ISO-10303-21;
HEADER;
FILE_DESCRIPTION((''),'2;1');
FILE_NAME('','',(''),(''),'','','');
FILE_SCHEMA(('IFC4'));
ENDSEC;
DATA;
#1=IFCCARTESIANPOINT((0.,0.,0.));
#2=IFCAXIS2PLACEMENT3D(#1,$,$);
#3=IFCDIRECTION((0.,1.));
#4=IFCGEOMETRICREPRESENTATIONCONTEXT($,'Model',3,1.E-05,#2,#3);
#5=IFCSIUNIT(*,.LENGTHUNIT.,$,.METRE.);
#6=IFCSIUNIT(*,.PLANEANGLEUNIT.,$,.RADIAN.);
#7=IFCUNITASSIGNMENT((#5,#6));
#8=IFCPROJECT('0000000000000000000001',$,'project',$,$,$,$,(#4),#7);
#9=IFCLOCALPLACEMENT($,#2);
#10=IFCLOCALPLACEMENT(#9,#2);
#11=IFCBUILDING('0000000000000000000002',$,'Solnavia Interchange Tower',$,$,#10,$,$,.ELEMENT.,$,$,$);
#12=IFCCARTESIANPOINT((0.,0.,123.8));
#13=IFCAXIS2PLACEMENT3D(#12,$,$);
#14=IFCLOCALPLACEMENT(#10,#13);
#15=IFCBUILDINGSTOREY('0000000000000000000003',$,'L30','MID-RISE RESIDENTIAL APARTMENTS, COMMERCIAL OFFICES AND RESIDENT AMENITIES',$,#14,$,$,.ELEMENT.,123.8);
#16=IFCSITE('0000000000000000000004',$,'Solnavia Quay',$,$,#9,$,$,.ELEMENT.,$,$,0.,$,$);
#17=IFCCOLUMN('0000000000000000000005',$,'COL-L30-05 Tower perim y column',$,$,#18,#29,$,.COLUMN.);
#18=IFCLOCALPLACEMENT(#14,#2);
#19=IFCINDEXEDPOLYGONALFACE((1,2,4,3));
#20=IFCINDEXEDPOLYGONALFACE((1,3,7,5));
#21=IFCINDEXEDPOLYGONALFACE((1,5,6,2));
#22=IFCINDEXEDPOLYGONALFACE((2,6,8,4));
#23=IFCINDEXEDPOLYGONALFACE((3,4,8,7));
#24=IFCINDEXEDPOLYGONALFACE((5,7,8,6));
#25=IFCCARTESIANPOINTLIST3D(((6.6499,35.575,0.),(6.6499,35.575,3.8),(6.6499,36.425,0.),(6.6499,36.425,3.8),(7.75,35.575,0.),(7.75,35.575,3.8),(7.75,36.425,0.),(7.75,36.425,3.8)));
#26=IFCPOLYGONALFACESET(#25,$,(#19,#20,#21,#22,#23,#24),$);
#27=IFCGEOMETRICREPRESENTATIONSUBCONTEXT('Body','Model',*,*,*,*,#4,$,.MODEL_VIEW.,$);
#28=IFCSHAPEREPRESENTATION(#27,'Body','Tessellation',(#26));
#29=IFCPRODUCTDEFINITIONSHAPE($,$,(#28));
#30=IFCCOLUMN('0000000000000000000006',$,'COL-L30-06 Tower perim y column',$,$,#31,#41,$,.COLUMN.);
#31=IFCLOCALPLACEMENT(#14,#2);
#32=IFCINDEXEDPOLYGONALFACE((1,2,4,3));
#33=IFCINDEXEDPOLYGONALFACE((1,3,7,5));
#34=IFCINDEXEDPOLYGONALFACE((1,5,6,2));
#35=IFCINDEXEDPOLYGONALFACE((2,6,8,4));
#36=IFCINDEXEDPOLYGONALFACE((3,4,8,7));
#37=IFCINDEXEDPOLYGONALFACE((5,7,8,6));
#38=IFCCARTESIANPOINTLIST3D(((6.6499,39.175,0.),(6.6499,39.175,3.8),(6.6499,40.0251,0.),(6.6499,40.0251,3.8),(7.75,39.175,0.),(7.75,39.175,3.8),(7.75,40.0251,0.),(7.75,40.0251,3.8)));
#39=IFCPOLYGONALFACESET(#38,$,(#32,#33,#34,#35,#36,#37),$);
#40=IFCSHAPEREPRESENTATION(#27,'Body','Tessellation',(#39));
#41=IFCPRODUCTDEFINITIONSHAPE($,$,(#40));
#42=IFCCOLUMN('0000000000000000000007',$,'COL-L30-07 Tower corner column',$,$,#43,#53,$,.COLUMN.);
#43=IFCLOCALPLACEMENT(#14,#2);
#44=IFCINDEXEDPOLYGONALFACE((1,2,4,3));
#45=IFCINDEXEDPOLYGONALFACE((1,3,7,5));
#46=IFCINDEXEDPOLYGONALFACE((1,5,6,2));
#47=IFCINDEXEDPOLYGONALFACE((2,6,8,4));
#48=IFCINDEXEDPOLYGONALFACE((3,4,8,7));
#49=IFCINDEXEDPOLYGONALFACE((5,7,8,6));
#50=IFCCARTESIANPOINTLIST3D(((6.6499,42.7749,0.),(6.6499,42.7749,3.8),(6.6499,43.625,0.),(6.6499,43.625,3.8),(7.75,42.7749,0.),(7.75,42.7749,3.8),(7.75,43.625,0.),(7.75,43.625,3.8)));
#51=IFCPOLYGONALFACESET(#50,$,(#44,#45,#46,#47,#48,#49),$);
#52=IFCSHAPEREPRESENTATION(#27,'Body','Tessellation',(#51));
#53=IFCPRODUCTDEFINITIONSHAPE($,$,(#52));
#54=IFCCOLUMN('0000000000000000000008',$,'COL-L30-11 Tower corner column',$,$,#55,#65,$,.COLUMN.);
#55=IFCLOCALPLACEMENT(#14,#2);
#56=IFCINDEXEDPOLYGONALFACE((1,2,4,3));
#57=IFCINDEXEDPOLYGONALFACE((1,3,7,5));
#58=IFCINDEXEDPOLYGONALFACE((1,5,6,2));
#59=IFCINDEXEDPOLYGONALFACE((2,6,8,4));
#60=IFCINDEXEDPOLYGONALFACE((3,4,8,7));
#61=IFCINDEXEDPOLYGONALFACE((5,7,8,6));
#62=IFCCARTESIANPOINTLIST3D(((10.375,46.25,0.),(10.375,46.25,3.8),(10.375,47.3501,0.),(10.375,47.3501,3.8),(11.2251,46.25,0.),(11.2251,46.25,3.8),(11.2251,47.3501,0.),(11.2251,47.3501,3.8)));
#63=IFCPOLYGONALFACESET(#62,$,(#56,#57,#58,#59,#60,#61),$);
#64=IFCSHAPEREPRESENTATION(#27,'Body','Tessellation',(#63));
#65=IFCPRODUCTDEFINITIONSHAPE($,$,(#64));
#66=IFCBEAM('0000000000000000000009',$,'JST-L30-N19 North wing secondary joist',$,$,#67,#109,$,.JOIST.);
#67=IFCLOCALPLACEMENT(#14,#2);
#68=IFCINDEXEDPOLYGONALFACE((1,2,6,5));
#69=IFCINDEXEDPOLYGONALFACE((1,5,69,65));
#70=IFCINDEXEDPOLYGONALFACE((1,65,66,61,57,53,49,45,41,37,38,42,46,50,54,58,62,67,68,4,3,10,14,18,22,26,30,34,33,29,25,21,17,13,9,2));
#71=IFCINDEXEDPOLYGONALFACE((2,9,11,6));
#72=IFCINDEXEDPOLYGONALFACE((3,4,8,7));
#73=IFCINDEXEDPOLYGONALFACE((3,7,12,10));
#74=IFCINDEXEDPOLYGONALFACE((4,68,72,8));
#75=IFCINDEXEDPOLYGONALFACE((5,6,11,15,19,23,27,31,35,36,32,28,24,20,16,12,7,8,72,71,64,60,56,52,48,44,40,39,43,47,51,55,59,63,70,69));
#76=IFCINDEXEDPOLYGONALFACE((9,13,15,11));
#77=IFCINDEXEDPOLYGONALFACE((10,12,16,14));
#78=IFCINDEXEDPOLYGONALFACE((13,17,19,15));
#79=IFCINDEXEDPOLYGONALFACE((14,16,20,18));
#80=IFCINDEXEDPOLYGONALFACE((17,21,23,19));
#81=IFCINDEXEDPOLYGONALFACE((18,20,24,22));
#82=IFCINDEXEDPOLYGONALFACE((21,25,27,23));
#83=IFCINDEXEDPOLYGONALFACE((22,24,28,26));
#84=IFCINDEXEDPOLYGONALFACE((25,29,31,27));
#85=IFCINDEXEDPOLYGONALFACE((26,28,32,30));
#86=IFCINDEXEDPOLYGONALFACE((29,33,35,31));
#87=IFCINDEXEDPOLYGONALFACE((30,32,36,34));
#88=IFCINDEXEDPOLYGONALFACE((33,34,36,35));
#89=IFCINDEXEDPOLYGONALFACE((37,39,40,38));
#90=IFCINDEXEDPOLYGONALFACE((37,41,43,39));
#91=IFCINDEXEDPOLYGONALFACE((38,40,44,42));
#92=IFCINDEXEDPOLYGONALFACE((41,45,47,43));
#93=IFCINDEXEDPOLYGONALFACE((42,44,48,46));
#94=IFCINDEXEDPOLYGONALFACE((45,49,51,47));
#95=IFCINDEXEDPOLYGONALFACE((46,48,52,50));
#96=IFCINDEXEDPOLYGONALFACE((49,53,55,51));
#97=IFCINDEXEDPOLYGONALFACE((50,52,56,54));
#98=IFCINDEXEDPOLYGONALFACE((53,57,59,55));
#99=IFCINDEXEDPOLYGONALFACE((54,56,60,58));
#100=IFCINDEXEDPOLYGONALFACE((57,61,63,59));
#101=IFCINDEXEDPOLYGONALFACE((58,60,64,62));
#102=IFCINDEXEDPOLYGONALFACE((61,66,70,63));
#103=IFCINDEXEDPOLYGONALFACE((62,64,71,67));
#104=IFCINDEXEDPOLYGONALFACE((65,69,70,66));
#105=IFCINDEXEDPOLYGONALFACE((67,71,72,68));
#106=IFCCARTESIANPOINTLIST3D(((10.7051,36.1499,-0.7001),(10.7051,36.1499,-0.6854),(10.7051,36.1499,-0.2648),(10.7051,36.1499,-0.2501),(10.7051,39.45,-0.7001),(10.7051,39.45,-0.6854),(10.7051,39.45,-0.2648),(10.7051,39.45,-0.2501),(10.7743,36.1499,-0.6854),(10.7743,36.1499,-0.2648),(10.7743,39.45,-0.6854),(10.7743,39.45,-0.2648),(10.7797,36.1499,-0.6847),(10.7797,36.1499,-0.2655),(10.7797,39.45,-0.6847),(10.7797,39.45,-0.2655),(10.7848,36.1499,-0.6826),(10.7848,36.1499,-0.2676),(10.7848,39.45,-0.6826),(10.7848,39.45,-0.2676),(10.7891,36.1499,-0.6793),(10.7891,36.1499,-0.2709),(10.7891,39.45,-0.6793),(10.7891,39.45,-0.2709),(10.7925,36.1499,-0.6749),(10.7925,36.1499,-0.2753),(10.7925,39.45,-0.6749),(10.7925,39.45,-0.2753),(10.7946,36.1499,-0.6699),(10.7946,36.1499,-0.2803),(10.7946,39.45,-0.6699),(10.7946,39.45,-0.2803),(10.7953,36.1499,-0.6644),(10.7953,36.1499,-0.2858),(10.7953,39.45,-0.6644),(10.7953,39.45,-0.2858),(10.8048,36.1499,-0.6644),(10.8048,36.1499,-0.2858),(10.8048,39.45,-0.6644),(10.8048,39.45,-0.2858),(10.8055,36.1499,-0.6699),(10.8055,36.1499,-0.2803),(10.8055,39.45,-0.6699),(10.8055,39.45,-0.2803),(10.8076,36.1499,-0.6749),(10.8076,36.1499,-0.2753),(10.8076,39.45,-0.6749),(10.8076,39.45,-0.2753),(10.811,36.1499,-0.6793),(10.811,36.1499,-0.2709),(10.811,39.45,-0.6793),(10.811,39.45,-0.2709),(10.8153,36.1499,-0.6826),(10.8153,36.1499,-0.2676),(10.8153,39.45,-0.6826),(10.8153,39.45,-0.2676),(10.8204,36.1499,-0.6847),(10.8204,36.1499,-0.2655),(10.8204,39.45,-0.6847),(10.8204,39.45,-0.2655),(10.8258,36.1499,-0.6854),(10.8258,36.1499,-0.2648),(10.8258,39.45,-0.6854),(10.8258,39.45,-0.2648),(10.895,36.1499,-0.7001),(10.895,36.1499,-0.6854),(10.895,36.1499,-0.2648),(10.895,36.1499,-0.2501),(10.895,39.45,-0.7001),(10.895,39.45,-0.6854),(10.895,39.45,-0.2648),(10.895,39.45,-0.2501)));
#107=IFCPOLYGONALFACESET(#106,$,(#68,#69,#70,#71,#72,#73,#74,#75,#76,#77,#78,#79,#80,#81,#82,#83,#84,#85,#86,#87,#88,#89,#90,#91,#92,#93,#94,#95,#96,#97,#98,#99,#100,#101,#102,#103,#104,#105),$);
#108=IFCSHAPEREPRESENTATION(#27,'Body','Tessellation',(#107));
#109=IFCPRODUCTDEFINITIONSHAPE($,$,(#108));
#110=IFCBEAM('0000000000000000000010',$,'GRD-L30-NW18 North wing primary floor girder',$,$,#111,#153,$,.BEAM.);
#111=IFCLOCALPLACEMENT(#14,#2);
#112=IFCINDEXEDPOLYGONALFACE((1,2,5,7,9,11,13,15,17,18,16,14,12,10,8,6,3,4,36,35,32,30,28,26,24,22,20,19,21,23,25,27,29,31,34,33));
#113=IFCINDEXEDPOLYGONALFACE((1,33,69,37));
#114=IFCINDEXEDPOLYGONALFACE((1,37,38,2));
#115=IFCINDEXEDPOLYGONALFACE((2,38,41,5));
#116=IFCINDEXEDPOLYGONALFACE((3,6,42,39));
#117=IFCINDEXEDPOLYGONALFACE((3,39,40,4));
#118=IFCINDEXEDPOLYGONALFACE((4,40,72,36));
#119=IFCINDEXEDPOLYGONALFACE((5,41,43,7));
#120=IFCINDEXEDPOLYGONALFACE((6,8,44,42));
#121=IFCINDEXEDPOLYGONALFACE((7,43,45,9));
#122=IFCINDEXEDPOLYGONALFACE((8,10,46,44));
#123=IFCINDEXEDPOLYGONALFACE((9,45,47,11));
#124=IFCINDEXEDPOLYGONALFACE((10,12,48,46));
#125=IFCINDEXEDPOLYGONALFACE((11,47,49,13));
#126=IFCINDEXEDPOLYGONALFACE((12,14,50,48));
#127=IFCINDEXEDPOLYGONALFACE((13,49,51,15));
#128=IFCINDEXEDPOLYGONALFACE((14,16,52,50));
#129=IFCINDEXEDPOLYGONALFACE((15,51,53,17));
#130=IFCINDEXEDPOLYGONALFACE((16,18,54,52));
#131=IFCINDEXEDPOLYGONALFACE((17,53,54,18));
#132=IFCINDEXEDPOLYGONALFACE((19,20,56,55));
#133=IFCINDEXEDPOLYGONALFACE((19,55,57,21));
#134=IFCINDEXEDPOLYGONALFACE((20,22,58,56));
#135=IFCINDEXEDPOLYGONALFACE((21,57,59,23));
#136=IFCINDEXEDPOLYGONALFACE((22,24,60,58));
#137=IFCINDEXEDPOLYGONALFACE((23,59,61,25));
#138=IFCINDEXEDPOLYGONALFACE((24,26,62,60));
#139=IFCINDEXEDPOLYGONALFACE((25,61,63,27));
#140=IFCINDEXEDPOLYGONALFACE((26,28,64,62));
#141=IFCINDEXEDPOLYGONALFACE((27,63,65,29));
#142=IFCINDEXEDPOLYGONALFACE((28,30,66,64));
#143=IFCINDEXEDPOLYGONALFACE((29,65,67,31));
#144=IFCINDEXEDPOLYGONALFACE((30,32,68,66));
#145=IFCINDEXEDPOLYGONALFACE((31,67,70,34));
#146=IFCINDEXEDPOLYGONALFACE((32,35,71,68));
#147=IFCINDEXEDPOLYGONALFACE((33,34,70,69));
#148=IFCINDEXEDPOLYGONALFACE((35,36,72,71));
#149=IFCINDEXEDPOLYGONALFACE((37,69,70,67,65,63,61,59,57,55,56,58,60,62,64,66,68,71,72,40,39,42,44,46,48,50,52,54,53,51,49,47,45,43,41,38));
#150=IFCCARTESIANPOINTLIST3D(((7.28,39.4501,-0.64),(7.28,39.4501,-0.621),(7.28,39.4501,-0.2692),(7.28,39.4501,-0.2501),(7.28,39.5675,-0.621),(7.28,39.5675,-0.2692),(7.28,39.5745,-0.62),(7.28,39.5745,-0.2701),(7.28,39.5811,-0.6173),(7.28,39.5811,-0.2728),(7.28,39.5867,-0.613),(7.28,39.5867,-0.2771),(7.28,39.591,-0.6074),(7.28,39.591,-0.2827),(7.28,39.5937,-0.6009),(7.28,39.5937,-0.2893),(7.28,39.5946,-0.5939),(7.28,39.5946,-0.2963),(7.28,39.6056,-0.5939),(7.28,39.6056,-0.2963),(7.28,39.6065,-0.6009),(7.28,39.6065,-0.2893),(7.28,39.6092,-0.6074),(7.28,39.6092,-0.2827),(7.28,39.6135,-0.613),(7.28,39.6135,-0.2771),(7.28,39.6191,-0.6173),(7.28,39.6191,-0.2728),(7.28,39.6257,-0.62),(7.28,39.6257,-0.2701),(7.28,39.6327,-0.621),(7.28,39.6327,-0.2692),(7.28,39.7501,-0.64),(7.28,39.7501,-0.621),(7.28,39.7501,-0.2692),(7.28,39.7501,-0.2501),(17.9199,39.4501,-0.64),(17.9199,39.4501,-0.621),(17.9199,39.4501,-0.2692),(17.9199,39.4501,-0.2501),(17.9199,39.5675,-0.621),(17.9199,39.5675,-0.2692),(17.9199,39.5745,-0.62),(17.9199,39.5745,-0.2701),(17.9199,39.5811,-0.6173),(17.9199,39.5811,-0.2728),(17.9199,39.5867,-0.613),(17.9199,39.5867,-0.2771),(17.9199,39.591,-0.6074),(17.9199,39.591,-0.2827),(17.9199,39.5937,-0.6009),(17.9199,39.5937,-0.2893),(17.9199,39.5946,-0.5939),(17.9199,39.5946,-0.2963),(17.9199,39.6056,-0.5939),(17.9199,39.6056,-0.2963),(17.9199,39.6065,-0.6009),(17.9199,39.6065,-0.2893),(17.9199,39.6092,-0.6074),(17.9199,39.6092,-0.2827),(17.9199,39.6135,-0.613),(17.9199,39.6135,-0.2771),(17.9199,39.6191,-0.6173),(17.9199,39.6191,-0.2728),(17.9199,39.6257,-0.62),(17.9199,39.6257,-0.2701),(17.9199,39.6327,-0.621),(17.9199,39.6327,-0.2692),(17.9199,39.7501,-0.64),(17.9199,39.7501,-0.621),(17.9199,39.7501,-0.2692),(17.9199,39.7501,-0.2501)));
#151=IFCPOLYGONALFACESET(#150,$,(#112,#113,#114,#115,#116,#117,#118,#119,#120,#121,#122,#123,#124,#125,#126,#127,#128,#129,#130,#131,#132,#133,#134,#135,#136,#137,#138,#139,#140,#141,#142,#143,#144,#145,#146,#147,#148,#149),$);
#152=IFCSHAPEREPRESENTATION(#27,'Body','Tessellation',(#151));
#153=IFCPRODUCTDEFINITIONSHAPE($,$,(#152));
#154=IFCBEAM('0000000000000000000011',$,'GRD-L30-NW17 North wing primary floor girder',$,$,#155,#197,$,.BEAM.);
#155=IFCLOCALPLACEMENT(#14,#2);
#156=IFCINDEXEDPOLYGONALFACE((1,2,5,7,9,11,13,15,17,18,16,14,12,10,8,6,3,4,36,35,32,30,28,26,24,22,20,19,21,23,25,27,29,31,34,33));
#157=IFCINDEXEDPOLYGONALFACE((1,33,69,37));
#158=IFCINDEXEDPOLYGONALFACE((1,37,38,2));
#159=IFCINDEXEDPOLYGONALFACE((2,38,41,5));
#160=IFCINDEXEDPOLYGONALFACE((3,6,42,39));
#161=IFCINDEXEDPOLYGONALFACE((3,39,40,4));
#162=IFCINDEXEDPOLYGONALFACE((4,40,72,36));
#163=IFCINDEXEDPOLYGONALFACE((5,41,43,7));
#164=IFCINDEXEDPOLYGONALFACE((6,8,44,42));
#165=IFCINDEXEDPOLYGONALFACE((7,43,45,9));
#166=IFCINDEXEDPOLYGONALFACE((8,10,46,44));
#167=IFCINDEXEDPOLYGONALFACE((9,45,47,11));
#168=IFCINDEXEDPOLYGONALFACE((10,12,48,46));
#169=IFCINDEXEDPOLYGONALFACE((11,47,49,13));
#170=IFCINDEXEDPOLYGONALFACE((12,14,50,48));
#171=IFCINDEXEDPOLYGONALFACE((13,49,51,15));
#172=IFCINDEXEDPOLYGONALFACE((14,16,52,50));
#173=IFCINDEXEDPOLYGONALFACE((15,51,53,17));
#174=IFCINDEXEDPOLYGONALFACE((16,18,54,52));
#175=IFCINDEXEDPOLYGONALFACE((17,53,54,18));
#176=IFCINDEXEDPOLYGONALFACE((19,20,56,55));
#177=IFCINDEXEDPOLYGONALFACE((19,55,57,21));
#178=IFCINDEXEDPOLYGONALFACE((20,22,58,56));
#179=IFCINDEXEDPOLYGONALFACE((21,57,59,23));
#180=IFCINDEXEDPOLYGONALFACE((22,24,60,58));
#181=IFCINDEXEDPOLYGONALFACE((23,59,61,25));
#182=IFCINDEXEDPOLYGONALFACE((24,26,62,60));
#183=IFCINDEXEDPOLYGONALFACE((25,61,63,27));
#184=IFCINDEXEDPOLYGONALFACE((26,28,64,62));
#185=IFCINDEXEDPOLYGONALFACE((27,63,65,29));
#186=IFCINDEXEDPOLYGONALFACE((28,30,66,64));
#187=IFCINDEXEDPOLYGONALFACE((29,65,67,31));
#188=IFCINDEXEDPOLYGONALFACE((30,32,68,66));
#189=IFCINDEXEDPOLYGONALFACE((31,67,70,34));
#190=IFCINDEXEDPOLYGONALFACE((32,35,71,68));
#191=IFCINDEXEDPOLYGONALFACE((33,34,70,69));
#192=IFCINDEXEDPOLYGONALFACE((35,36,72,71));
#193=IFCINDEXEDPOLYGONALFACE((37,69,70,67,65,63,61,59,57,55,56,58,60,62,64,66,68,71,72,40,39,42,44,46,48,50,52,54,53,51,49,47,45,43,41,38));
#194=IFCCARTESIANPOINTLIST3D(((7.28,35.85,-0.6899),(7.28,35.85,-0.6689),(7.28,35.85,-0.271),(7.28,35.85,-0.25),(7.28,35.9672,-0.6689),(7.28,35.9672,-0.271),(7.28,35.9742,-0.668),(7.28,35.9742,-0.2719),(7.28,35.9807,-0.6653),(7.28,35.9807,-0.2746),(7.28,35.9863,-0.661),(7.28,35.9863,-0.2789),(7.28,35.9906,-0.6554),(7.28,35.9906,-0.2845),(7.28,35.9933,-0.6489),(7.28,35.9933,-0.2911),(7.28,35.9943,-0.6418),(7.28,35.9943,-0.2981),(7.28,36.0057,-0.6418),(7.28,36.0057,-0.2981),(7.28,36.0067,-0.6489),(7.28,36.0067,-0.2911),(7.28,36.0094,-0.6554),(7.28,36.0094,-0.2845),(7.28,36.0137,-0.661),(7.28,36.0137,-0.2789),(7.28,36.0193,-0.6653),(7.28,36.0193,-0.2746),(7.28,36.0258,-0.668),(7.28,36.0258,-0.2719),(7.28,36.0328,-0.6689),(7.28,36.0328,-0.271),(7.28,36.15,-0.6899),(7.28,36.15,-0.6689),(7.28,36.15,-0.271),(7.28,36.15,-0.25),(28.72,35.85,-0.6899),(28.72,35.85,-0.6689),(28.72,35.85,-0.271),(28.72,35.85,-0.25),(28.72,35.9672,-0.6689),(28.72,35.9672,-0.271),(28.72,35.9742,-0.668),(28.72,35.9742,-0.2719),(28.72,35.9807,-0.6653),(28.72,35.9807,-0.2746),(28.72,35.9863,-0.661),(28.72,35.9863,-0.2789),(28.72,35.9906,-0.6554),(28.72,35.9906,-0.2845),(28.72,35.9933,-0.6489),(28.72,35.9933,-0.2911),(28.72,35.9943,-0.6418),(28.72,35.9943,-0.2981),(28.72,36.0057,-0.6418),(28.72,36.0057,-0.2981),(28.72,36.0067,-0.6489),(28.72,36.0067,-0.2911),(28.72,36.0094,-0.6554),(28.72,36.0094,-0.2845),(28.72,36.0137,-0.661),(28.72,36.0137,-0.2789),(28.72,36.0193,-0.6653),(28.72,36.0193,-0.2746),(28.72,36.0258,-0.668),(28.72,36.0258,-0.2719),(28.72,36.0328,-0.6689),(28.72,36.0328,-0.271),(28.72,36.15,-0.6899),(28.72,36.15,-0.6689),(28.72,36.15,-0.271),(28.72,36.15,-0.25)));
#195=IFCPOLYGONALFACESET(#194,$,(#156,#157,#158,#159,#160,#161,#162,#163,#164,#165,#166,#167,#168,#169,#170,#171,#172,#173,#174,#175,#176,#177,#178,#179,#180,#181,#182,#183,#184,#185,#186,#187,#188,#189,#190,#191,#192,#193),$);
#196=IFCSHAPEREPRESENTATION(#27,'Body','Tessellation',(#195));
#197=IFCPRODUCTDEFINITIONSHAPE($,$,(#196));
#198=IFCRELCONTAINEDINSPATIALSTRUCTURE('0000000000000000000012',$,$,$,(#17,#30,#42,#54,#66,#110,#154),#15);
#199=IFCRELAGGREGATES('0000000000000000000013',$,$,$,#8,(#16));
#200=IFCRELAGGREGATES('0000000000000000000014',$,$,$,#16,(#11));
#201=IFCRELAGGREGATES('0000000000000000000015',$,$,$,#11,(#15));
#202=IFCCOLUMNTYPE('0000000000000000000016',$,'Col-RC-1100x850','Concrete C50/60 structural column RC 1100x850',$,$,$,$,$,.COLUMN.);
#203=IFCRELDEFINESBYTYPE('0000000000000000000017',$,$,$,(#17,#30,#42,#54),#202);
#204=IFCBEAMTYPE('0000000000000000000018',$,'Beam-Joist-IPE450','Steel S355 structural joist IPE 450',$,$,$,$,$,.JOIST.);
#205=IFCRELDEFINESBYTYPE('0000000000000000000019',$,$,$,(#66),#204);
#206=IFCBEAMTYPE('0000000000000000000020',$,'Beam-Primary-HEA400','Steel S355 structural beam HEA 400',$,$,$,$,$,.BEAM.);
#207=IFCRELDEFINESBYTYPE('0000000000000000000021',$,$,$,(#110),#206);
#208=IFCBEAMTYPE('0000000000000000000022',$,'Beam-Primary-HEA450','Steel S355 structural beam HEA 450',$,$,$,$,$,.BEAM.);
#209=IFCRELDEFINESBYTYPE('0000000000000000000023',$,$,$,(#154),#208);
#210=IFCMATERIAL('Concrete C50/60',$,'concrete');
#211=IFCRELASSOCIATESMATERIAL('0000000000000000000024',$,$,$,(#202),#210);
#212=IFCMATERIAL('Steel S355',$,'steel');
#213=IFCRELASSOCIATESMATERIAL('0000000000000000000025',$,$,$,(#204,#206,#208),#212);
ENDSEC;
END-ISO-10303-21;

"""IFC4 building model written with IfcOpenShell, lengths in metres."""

from ifc_helpers import new_model, si_unit, direction, frame, origin, origin_2d, place, context, subcontext, project, spatial, rectangle, i_section, extrude, material, material_profile, profile_set, type_object, element, save


model = new_model("IFC4")

# Units and contexts
model_context = context("Model", 3, precision=1e-05, world=origin(), true_north=direction((0.0, 1.0)))
body_context = subcontext(model_context, "Body", "Model", "MODEL_VIEW")
ifc_project = project(units=[si_unit("LENGTHUNIT", "METRE"), si_unit("PLANEANGLEUNIT", "RADIAN")], contexts=[model_context])

# Site, building, storey
site_placement = place(None, origin())
site = spatial("IfcSite", under=ifc_project, at=site_placement, Name="Solnavia Quay", CompositionType="ELEMENT", RefElevation=0.0)
building_placement = place(site_placement, origin())
building = spatial("IfcBuilding", under=site, at=building_placement, Name="Solnavia Interchange Tower", CompositionType="ELEMENT")
storey_placement = place(building_placement, frame((0.0, 0.0, 123.8)))
storey = spatial("IfcBuildingStorey", under=building, at=storey_placement, Name="L30", Description="MID-RISE RESIDENTIAL APARTMENTS, COMMERCIAL OFFICES AND RESIDENT AMENITIES", CompositionType="ELEMENT", Elevation=123.8)

# Columns
ifc_material_1 = material(Name="Concrete C50/60", Category="concrete")
ifc_material_profile_1 = material_profile(ifc_material_1, rectangle(XDim=0.8501, YDim=1.1001, at=origin_2d()), Name="RC 1100x850")
ifc_profile_set_1 = profile_set([ifc_material_profile_1], Name="Concrete C50/60")
column_type = type_object("IfcColumnType", Name="Col-RC-1100x850", Description="Concrete C50/60 structural column RC 1100x850", PredefinedType="COLUMN", material=ifc_profile_set_1)
for number, where, z_axis, x_axis, name in (
    (1, (7.2, 36.0, 0.0), (0.0, 0.0, 1.0), (0.0, 1.0, 0.0), "COL-L30-05 Tower perim y column"),
    (2, (7.2, 39.6001, 0.0), (0.0, 0.0, 1.0), (0.0, 1.0, 0.0), "COL-L30-06 Tower perim y column"),
    (3, (7.2, 43.2, 0.0), (0.0, 0.0, 1.0), (0.0, 1.0, 0.0), "COL-L30-07 Tower corner column"),
    (4, (10.8, 46.8, 0.0), (0.0, 0.0, 1.0), (1.0, 0.0, 0.0), "COL-L30-11 Tower corner column"),
):
    element("IfcColumn", number, at=place(storey_placement, frame(where, z_axis=z_axis, x_axis=x_axis)), inside=storey, type_object=column_type, Name=name, PredefinedType="COLUMN", context=body_context, shape_type="SweptSolid", body=[
        extrude(rectangle(XDim=0.8501, YDim=1.1001, at=origin_2d()), origin(), (0.0, 0.0, 1.0), 3.8),
    ])

# Beams
ifc_material_2 = material(Name="Steel S355", Category="steel")
ifc_material_profile_2 = material_profile(ifc_material_2, i_section(OverallWidth=0.1899, OverallDepth=0.45, WebThickness=0.0095, FlangeThickness=0.0146, FilletRadius=0.021, at=origin_2d()), Name="IPE 450")
ifc_profile_set_2 = profile_set([ifc_material_profile_2], Name="Steel S355")
beam_type_1 = type_object("IfcBeamType", Name="Beam-Joist-IPE450", Description="Steel S355 structural joist IPE 450", PredefinedType="JOIST", material=ifc_profile_set_2)
beam_1_placement = place(storey_placement, frame((10.8, 36.1499, -0.4751), z_axis=(0.0, 1.0, 0.0), x_axis=(-1.0, 0.0, 0.0)))
element("IfcBeam", 5, at=beam_1_placement, inside=storey, type_object=beam_type_1, Name="JST-L30-N19 North wing secondary joist", PredefinedType="JOIST", context=body_context, shape_type="SweptSolid", body=[
    extrude(i_section(OverallWidth=0.1899, OverallDepth=0.45, WebThickness=0.0095, FlangeThickness=0.0146, FilletRadius=0.021, at=origin_2d()), origin(), (0.0, 0.0, 1.0), 3.3),
])
ifc_material_profile_3 = material_profile(ifc_material_2, i_section(OverallWidth=0.3, OverallDepth=0.3899, WebThickness=0.011, FlangeThickness=0.019, FilletRadius=0.0271, at=origin_2d()), Name="HEA 400")
ifc_profile_set_3 = profile_set([ifc_material_profile_3], Name="Steel S355")
beam_type_2 = type_object("IfcBeamType", Name="Beam-Primary-HEA400", Description="Steel S355 structural beam HEA 400", PredefinedType="BEAM", material=ifc_profile_set_3)
beam_2_placement = place(storey_placement, frame((7.28, 39.6001, -0.4451), z_axis=(1.0, 0.0, 0.0), x_axis=(0.0, 1.0, 0.0)))
element("IfcBeam", 6, at=beam_2_placement, inside=storey, type_object=beam_type_2, Name="GRD-L30-NW18 North wing primary floor girder", PredefinedType="BEAM", context=body_context, shape_type="SweptSolid", body=[
    extrude(i_section(OverallWidth=0.3, OverallDepth=0.3899, WebThickness=0.011, FlangeThickness=0.019, FilletRadius=0.0271, at=origin_2d()), origin(), (0.0, 0.0, 1.0), 10.6399),
])
ifc_material_profile_4 = material_profile(ifc_material_2, i_section(OverallWidth=0.3, OverallDepth=0.4399, WebThickness=0.0115, FlangeThickness=0.021, FilletRadius=0.0271, at=origin_2d()), Name="HEA 450")
ifc_profile_set_4 = profile_set([ifc_material_profile_4], Name="Steel S355")
beam_type_3 = type_object("IfcBeamType", Name="Beam-Primary-HEA450", Description="Steel S355 structural beam HEA 450", PredefinedType="BEAM", material=ifc_profile_set_4)
beam_3_placement = place(storey_placement, frame((7.28, 36.0, -0.47), z_axis=(1.0, 0.0, 0.0), x_axis=(0.0, 1.0, 0.0)))
element("IfcBeam", 7, at=beam_3_placement, inside=storey, type_object=beam_type_3, Name="GRD-L30-NW17 North wing primary floor girder", PredefinedType="BEAM", context=body_context, shape_type="SweptSolid", body=[
    extrude(i_section(OverallWidth=0.3, OverallDepth=0.4399, WebThickness=0.0115, FlangeThickness=0.021, FilletRadius=0.0271, at=origin_2d()), origin(), (0.0, 0.0, 1.0), 21.4399),
])

save(model, "model.ifc")
